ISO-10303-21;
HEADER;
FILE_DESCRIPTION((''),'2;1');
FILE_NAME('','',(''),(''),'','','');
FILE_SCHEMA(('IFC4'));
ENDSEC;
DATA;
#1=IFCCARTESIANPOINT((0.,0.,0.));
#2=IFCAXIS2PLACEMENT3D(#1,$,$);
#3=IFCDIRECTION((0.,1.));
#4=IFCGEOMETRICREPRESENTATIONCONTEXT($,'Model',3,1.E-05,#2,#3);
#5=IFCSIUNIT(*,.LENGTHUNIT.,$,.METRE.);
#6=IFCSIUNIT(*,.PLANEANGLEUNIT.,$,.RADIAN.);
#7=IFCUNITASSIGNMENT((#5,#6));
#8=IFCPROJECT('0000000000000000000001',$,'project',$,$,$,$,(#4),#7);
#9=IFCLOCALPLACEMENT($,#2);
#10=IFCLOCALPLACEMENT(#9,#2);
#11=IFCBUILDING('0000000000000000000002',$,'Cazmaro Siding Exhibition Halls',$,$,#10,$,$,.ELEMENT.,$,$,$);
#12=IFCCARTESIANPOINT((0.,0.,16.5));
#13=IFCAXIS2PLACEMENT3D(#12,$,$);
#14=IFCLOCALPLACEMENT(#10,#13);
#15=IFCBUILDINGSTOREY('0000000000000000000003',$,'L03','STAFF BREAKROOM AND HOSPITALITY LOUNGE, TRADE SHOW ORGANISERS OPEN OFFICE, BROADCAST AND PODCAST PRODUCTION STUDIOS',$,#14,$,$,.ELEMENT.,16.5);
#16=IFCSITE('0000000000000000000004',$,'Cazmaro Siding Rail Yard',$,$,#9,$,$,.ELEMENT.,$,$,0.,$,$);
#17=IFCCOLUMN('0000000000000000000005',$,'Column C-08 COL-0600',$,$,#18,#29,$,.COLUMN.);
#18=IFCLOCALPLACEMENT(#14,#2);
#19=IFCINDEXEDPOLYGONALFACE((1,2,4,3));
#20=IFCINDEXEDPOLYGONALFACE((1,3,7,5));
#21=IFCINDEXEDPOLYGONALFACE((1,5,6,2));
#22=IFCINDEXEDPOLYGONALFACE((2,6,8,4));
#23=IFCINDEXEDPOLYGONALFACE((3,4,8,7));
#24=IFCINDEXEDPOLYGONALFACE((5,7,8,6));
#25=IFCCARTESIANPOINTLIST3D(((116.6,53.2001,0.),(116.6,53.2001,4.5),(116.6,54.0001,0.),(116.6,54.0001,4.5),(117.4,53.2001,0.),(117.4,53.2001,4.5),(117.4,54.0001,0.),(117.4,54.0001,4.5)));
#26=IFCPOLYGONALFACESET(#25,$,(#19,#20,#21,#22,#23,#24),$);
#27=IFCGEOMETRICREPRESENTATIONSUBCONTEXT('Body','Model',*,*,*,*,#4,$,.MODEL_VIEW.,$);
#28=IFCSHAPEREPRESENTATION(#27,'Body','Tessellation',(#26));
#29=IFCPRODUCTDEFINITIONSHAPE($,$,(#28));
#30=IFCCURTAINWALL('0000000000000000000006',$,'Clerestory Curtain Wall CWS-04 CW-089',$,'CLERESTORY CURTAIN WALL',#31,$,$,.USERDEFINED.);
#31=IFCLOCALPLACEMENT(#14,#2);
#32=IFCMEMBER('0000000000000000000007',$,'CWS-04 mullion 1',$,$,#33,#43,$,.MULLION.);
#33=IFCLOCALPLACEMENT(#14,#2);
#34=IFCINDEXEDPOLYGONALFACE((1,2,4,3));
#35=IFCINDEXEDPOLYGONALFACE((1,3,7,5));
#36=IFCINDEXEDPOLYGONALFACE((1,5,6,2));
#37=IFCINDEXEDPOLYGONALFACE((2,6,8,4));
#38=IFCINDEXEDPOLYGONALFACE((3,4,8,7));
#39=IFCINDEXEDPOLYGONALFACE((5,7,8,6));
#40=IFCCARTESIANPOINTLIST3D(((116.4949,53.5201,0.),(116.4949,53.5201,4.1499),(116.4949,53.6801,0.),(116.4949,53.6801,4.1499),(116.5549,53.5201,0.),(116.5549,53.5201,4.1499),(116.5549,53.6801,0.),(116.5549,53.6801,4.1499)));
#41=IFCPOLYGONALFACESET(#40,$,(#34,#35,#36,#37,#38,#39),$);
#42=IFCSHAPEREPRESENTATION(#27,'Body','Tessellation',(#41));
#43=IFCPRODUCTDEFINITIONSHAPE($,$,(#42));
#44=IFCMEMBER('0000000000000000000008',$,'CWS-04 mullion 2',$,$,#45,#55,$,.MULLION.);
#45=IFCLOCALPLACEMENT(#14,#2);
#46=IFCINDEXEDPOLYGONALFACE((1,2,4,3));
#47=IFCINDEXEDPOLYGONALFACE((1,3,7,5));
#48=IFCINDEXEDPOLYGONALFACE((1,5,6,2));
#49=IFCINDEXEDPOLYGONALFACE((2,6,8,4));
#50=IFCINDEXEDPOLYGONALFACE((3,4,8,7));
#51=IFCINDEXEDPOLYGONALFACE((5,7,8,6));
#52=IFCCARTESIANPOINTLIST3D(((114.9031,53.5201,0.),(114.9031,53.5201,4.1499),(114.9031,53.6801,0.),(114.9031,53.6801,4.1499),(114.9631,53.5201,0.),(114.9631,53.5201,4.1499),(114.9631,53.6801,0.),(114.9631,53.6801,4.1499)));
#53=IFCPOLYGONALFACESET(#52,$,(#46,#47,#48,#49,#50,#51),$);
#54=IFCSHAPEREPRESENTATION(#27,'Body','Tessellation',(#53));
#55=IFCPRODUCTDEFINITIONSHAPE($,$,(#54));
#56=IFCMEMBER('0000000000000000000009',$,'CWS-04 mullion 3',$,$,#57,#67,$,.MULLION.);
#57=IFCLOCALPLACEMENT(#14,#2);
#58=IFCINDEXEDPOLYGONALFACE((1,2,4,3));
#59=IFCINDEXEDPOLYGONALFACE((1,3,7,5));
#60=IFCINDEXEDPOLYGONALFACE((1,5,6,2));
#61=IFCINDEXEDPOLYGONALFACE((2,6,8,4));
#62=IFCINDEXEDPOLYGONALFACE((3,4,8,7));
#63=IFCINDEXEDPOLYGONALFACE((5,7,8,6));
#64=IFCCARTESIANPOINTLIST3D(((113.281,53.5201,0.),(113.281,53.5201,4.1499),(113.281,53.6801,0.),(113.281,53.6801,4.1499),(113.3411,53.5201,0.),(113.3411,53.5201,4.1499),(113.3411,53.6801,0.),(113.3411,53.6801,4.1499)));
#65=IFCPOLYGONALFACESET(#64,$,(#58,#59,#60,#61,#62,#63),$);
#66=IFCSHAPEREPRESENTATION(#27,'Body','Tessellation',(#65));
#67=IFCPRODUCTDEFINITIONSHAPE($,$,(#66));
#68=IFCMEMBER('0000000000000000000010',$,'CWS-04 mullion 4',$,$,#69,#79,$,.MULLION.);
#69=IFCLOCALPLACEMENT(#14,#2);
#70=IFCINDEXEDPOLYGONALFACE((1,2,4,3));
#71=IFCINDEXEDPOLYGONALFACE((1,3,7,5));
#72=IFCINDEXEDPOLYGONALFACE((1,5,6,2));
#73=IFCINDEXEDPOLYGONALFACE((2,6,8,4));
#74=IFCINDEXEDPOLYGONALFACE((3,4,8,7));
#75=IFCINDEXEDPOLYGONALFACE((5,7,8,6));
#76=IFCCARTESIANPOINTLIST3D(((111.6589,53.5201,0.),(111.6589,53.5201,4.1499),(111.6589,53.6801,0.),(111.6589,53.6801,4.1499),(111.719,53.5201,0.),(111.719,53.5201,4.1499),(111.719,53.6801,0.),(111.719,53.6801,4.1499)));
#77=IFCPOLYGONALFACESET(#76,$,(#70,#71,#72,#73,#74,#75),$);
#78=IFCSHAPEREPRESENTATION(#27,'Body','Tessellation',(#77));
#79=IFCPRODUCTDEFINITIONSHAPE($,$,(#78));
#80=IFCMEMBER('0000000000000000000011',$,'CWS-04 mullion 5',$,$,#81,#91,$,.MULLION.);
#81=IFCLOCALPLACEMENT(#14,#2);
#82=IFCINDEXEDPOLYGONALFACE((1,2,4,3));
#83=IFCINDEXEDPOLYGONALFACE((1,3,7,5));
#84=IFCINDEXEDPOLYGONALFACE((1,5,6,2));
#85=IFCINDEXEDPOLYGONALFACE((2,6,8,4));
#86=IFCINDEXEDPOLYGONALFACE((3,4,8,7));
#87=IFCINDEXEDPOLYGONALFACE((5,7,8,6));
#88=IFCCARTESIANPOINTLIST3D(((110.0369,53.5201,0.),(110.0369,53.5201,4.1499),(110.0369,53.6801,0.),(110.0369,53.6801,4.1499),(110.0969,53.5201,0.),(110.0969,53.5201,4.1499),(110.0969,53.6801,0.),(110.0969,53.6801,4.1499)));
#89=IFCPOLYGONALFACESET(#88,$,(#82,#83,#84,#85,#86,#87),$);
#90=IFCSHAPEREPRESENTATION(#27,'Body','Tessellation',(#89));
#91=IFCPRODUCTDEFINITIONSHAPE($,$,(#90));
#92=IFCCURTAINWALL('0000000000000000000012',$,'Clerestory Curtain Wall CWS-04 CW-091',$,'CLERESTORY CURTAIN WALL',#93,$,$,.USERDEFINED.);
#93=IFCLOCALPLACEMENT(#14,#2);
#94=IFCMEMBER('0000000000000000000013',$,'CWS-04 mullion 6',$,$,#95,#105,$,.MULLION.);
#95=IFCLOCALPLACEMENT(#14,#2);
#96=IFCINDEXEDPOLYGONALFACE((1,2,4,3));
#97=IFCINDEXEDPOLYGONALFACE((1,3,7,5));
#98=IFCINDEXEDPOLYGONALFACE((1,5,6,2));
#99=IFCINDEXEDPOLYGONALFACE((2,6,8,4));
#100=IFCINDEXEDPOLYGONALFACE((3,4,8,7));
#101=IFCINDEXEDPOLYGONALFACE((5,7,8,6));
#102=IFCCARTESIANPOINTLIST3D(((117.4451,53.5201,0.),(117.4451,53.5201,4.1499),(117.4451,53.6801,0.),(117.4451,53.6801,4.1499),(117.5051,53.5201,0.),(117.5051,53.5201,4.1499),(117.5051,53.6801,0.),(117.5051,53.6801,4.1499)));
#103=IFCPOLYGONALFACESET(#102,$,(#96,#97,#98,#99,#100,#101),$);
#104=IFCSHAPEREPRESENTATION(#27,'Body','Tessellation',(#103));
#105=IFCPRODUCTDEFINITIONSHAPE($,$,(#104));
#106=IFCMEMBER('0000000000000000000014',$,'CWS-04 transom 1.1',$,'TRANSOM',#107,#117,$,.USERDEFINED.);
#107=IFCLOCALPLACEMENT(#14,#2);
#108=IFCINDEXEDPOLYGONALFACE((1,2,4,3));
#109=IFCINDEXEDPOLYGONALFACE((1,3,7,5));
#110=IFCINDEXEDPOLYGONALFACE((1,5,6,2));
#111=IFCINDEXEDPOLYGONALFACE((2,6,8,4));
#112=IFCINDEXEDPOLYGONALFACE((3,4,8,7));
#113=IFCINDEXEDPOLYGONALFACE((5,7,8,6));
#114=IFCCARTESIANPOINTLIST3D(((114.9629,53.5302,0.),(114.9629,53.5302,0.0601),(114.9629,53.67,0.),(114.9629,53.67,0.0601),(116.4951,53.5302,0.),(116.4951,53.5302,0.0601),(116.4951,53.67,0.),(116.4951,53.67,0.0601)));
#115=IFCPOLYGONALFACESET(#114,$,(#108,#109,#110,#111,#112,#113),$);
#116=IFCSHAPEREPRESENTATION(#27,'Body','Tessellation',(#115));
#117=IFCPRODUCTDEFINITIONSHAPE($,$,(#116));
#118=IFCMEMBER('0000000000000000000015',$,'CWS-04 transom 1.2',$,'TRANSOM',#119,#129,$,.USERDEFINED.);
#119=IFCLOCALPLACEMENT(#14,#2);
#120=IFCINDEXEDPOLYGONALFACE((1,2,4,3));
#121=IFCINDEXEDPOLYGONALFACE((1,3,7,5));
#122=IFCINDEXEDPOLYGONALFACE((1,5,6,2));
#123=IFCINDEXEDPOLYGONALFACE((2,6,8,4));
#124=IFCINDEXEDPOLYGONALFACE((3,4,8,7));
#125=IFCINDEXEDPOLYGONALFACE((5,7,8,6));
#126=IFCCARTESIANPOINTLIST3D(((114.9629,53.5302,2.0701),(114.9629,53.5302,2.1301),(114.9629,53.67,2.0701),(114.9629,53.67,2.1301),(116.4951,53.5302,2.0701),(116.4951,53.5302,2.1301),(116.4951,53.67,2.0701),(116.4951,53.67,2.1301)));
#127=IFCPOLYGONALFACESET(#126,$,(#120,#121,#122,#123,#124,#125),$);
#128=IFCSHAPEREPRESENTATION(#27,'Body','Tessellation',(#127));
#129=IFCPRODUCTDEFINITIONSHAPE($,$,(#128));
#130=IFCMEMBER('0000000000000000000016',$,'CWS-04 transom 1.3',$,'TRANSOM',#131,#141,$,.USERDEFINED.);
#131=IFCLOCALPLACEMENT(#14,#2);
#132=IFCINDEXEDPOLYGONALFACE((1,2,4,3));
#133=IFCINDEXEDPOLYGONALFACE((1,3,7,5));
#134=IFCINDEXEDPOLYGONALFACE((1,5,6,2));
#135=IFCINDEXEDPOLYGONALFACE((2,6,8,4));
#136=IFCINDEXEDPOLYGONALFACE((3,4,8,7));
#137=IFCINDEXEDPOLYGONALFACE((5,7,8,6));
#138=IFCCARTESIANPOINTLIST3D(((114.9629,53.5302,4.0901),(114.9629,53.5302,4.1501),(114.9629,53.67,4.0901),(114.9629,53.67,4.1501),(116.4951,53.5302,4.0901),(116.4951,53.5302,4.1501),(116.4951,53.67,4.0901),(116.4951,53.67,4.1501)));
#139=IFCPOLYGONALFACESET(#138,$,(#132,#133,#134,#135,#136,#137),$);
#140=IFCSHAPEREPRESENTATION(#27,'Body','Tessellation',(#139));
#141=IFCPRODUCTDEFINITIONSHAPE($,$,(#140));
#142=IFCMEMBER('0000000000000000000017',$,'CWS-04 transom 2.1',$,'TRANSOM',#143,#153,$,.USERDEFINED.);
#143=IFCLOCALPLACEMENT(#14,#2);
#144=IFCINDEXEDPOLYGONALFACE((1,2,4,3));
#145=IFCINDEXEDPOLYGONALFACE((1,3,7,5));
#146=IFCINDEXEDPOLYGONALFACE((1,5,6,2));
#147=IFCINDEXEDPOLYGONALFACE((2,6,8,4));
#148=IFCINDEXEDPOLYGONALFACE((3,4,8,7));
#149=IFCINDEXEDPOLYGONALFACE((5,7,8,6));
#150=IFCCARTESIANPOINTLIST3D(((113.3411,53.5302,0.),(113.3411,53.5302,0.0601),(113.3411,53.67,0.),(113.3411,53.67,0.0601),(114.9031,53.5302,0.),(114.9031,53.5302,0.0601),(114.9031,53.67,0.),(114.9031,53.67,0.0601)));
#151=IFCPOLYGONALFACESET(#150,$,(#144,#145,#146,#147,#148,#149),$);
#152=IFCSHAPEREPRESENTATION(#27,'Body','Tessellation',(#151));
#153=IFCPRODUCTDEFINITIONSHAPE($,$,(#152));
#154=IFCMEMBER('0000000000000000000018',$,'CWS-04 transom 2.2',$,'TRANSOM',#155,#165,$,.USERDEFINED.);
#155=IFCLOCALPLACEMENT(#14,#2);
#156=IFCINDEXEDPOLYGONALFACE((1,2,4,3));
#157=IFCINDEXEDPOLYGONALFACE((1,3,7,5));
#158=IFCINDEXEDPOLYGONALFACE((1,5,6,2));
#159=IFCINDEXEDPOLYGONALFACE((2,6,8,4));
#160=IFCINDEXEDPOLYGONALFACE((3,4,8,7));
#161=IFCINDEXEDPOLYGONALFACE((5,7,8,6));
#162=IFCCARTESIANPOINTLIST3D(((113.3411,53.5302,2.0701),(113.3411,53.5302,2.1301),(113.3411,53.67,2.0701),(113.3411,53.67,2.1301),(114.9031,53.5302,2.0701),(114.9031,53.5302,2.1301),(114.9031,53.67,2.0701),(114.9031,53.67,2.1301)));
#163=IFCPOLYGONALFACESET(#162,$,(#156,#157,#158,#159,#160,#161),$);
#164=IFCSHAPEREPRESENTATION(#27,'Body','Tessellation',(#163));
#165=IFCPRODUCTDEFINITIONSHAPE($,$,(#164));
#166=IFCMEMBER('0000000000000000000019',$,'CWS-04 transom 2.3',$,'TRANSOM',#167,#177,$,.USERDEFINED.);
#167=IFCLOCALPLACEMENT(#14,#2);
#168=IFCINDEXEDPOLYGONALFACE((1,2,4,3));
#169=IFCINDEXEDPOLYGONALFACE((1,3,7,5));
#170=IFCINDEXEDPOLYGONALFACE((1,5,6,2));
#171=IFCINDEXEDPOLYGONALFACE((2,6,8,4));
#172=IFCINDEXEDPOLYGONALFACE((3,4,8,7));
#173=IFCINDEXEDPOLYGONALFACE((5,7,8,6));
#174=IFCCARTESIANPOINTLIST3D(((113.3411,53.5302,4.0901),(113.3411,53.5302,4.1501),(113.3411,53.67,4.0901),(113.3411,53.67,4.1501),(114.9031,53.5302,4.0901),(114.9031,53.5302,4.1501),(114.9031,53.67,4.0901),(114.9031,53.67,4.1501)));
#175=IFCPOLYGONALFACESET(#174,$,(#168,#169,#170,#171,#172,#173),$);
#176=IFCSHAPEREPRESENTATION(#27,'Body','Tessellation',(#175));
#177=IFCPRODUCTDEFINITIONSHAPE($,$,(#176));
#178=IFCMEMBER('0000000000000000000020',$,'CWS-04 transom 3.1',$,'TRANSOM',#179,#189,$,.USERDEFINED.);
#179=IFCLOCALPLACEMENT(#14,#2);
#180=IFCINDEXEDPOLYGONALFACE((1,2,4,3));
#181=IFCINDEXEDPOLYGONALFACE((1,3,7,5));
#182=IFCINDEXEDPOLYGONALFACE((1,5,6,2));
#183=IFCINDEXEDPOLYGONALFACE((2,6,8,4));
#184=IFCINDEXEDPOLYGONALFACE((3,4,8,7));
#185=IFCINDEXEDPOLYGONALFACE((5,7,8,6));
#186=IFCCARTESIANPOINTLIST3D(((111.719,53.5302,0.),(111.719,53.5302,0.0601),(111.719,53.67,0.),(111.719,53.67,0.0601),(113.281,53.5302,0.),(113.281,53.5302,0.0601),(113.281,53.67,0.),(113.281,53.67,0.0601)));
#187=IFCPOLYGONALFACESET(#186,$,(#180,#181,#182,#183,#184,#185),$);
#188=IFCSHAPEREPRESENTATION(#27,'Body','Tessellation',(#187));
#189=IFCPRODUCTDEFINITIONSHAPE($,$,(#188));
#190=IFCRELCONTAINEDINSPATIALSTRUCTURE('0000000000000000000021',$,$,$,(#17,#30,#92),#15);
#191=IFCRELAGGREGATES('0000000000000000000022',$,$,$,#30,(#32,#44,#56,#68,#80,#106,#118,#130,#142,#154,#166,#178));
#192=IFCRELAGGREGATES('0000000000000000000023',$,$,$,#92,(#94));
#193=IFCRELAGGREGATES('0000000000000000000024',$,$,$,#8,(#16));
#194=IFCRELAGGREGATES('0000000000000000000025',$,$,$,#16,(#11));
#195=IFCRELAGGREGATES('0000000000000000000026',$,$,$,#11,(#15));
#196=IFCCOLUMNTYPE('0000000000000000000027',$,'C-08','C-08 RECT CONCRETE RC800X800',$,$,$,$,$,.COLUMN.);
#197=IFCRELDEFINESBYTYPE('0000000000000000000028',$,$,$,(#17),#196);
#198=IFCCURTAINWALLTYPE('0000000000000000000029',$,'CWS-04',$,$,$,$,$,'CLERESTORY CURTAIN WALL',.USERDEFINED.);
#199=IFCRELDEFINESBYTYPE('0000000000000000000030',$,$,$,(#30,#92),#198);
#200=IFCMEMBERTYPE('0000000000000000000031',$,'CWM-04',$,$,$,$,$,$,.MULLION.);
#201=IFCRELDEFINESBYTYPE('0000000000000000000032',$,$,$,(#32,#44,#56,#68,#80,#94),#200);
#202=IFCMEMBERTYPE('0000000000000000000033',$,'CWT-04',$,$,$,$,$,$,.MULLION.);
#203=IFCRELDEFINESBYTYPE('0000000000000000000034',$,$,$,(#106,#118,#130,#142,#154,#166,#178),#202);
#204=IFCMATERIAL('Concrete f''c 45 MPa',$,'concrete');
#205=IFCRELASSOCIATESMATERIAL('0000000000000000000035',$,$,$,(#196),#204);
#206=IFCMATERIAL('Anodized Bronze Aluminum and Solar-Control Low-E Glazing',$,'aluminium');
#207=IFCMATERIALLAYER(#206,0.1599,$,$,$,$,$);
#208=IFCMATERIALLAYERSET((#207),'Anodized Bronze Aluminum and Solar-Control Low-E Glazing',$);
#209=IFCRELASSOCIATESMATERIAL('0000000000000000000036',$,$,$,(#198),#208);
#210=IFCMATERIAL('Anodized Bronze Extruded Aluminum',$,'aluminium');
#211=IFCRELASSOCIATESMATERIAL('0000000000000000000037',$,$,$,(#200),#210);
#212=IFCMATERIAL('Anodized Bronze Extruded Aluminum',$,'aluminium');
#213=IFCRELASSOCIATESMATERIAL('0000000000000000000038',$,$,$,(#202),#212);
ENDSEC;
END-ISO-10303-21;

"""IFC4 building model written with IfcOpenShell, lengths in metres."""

from ifc_helpers import new_model, si_unit, direction, frame, origin, origin_2d, place, context, subcontext, project, spatial, rectangle, extrude, material, layer, layer_set, material_profile, profile_set, type_object, element, aggregate, save


model = new_model("IFC4")

# Units and contexts
model_context = context("Model", 3, precision=1e-05, world=origin(), true_north=direction((0.0, 1.0)))
body_context = subcontext(model_context, "Body", "Model", "MODEL_VIEW")
ifc_project = project(units=[si_unit("LENGTHUNIT", "METRE"), si_unit("PLANEANGLEUNIT", "RADIAN")], contexts=[model_context])

# Site, building, storey
site_placement = place(None, origin())
site = spatial("IfcSite", under=ifc_project, at=site_placement, Name="Cazmaro Siding Rail Yard", CompositionType="ELEMENT", RefElevation=0.0)
building_placement = place(site_placement, origin())
building = spatial("IfcBuilding", under=site, at=building_placement, Name="Cazmaro Siding Exhibition Halls", CompositionType="ELEMENT")
storey_placement = place(building_placement, frame((0.0, 0.0, 16.5)))
storey = spatial("IfcBuildingStorey", under=building, at=storey_placement, Name="L03", Description="STAFF BREAKROOM AND HOSPITALITY LOUNGE, TRADE SHOW ORGANISERS OPEN OFFICE, BROADCAST AND PODCAST PRODUCTION STUDIOS", CompositionType="ELEMENT", Elevation=16.5)

# Column
ifc_material_1 = material(Name="Concrete f'c 45 MPa", Category="concrete")
ifc_material_profile_1 = material_profile(ifc_material_1, rectangle(XDim=0.8, YDim=0.8, at=origin_2d()), Name="RC800X800")
ifc_profile_set_1 = profile_set([ifc_material_profile_1], Name="Concrete f'c 45 MPa")
column_type = type_object("IfcColumnType", Name="C-08", Description="C-08 RECT CONCRETE RC800X800", PredefinedType="COLUMN", material=ifc_profile_set_1)
column_placement = place(storey_placement, frame((117.0, 53.6001, 0.0), z_axis=(0.0, 0.0, 1.0), x_axis=(1.0, 0.0, 0.0)))
element("IfcColumn", 1, at=column_placement, inside=storey, type_object=column_type, Name="Column C-08 COL-0600", PredefinedType="COLUMN", context=body_context, shape_type="SweptSolid", body=[
    extrude(rectangle(XDim=0.8, YDim=0.8, at=origin_2d()), origin(), (0.0, 0.0, 1.0), 4.5),
])

# Curtain wall, members
ifc_material_2 = material(Name="Anodized Bronze Aluminum and Solar-Control Low-E Glazing", Category="aluminium")
ifc_layer_1 = layer(ifc_material_2, 0.1599)
ifc_layer_set_1 = layer_set([ifc_layer_1], Name="Anodized Bronze Aluminum and Solar-Control Low-E Glazing")
curtain_wall_type = type_object("IfcCurtainWallType", Name="CWS-04", ElementType="CLERESTORY CURTAIN WALL", PredefinedType="USERDEFINED", material=ifc_layer_set_1)
curtain_wall_1_placement = place(storey_placement, origin())
curtain_wall_1 = element("IfcCurtainWall", 2, at=curtain_wall_1_placement, inside=storey, type_object=curtain_wall_type, Name="Clerestory Curtain Wall CWS-04 CW-089", ObjectType="CLERESTORY CURTAIN WALL", PredefinedType="USERDEFINED")
ifc_material_3 = material(Name="Anodized Bronze Extruded Aluminum", Category="aluminium")
ifc_material_profile_2 = material_profile(ifc_material_3, rectangle(XDim=0.1599, YDim=0.0601, at=origin_2d()), Name="CWM-04")
ifc_profile_set_2 = profile_set([ifc_material_profile_2], Name="Anodized Bronze Extruded Aluminum")
member_type_1 = type_object("IfcMemberType", Name="CWM-04", PredefinedType="MULLION", material=ifc_profile_set_2)
member_1_placement = place(storey_placement, frame((116.5249, 53.6001, 0.0), z_axis=(0.0, 0.0, 1.0), x_axis=(0.0, -1.0, 0.0)))
member_1 = element("IfcMember", 3, at=member_1_placement, type_object=member_type_1, Name="CWS-04 mullion 1", PredefinedType="MULLION", context=body_context, shape_type="SweptSolid", body=[
    extrude(rectangle(XDim=0.1599, YDim=0.0601, at=origin_2d()), origin(), (0.0, 0.0, 1.0), 4.1499),
])
member_2_placement = place(storey_placement, frame((114.9331, 53.6001, 0.0), z_axis=(0.0, 0.0, 1.0), x_axis=(0.0, -1.0, 0.0)))
member_2 = element("IfcMember", 4, at=member_2_placement, type_object=member_type_1, Name="CWS-04 mullion 2", PredefinedType="MULLION", context=body_context, shape_type="SweptSolid", body=[
    extrude(rectangle(XDim=0.1599, YDim=0.0601, at=origin_2d()), origin(), (0.0, 0.0, 1.0), 4.1499),
])
member_3_placement = place(storey_placement, frame((113.311, 53.6001, 0.0), z_axis=(0.0, 0.0, 1.0), x_axis=(0.0, -1.0, 0.0)))
member_3 = element("IfcMember", 5, at=member_3_placement, type_object=member_type_1, Name="CWS-04 mullion 3", PredefinedType="MULLION", context=body_context, shape_type="SweptSolid", body=[
    extrude(rectangle(XDim=0.1599, YDim=0.0601, at=origin_2d()), origin(), (0.0, 0.0, 1.0), 4.1499),
])
member_4_placement = place(storey_placement, frame((111.689, 53.6001, 0.0), z_axis=(0.0, 0.0, 1.0), x_axis=(0.0, -1.0, 0.0)))
member_4 = element("IfcMember", 6, at=member_4_placement, type_object=member_type_1, Name="CWS-04 mullion 4", PredefinedType="MULLION", context=body_context, shape_type="SweptSolid", body=[
    extrude(rectangle(XDim=0.1599, YDim=0.0601, at=origin_2d()), origin(), (0.0, 0.0, 1.0), 4.1499),
])
member_5_placement = place(storey_placement, frame((110.0669, 53.6001, 0.0), z_axis=(0.0, 0.0, 1.0), x_axis=(0.0, -1.0, 0.0)))
member_5 = element("IfcMember", 7, at=member_5_placement, type_object=member_type_1, Name="CWS-04 mullion 5", PredefinedType="MULLION", context=body_context, shape_type="SweptSolid", body=[
    extrude(rectangle(XDim=0.1599, YDim=0.0601, at=origin_2d()), origin(), (0.0, 0.0, 1.0), 4.1499),
])

# Curtain wall, member
curtain_wall_2_placement = place(storey_placement, origin())
curtain_wall_2 = element("IfcCurtainWall", 8, at=curtain_wall_2_placement, inside=storey, type_object=curtain_wall_type, Name="Clerestory Curtain Wall CWS-04 CW-091", ObjectType="CLERESTORY CURTAIN WALL", PredefinedType="USERDEFINED")
member_6_placement = place(storey_placement, frame((117.4751, 53.6001, 0.0), z_axis=(0.0, 0.0, 1.0), x_axis=(0.0, -1.0, 0.0)))
member_6 = element("IfcMember", 9, at=member_6_placement, type_object=member_type_1, Name="CWS-04 mullion 6", PredefinedType="MULLION", context=body_context, shape_type="SweptSolid", body=[
    extrude(rectangle(XDim=0.1599, YDim=0.0601, at=origin_2d()), origin(), (0.0, 0.0, 1.0), 4.1499),
])

# Members
ifc_material_4 = material(Name="Anodized Bronze Extruded Aluminum", Category="aluminium")
ifc_material_profile_3 = material_profile(ifc_material_4, rectangle(XDim=0.1399, YDim=0.0601, at=origin_2d()), Name="CWT-04")
ifc_profile_set_3 = profile_set([ifc_material_profile_3], Name="Anodized Bronze Extruded Aluminum")
member_type_2 = type_object("IfcMemberType", Name="CWT-04", PredefinedType="MULLION", material=ifc_profile_set_3)
member_7_placement = place(storey_placement, frame((116.4951, 53.6001, 0.03), z_axis=(-1.0, 0.0, 0.0), x_axis=(0.0, -1.0, 0.0)))
member_7 = element("IfcMember", 10, at=member_7_placement, type_object=member_type_2, Name="CWS-04 transom 1.1", ObjectType="TRANSOM", PredefinedType="USERDEFINED", context=body_context, shape_type="SweptSolid", body=[
    extrude(rectangle(XDim=0.1399, YDim=0.0601, at=origin_2d()), origin(), (0.0, 0.0, 1.0), 1.5322),
])
member_8_placement = place(storey_placement, frame((116.4951, 53.6001, 2.1001), z_axis=(-1.0, 0.0, 0.0), x_axis=(0.0, -1.0, 0.0)))
member_8 = element("IfcMember", 11, at=member_8_placement, type_object=member_type_2, Name="CWS-04 transom 1.2", ObjectType="TRANSOM", PredefinedType="USERDEFINED", context=body_context, shape_type="SweptSolid", body=[
    extrude(rectangle(XDim=0.1399, YDim=0.0601, at=origin_2d()), origin(), (0.0, 0.0, 1.0), 1.5322),
])
member_9_placement = place(storey_placement, frame((116.4951, 53.6001, 4.1201), z_axis=(-1.0, 0.0, 0.0), x_axis=(0.0, -1.0, 0.0)))
member_9 = element("IfcMember", 12, at=member_9_placement, type_object=member_type_2, Name="CWS-04 transom 1.3", ObjectType="TRANSOM", PredefinedType="USERDEFINED", context=body_context, shape_type="SweptSolid", body=[
    extrude(rectangle(XDim=0.1399, YDim=0.0601, at=origin_2d()), origin(), (0.0, 0.0, 1.0), 1.5322),
])
member_10_placement = place(storey_placement, frame((114.9031, 53.6001, 0.03), z_axis=(-1.0, 0.0, 0.0), x_axis=(0.0, -1.0, 0.0)))
member_10 = element("IfcMember", 13, at=member_10_placement, type_object=member_type_2, Name="CWS-04 transom 2.1", ObjectType="TRANSOM", PredefinedType="USERDEFINED", context=body_context, shape_type="SweptSolid", body=[
    extrude(rectangle(XDim=0.1399, YDim=0.0601, at=origin_2d()), origin(), (0.0, 0.0, 1.0), 1.562),
])
member_11_placement = place(storey_placement, frame((114.9031, 53.6001, 2.1001), z_axis=(-1.0, 0.0, 0.0), x_axis=(0.0, -1.0, 0.0)))
member_11 = element("IfcMember", 14, at=member_11_placement, type_object=member_type_2, Name="CWS-04 transom 2.2", ObjectType="TRANSOM", PredefinedType="USERDEFINED", context=body_context, shape_type="SweptSolid", body=[
    extrude(rectangle(XDim=0.1399, YDim=0.0601, at=origin_2d()), origin(), (0.0, 0.0, 1.0), 1.562),
])
member_12_placement = place(storey_placement, frame((114.9031, 53.6001, 4.1201), z_axis=(-1.0, 0.0, 0.0), x_axis=(0.0, -1.0, 0.0)))
member_12 = element("IfcMember", 15, at=member_12_placement, type_object=member_type_2, Name="CWS-04 transom 2.3", ObjectType="TRANSOM", PredefinedType="USERDEFINED", context=body_context, shape_type="SweptSolid", body=[
    extrude(rectangle(XDim=0.1399, YDim=0.0601, at=origin_2d()), origin(), (0.0, 0.0, 1.0), 1.562),
])
member_13_placement = place(storey_placement, frame((113.281, 53.6001, 0.03), z_axis=(-1.0, 0.0, 0.0), x_axis=(0.0, -1.0, 0.0)))
member_13 = element("IfcMember", 16, at=member_13_placement, type_object=member_type_2, Name="CWS-04 transom 3.1", ObjectType="TRANSOM", PredefinedType="USERDEFINED", context=body_context, shape_type="SweptSolid", body=[
    extrude(rectangle(XDim=0.1399, YDim=0.0601, at=origin_2d()), origin(), (0.0, 0.0, 1.0), 1.562),
])

aggregate(curtain_wall_1, [member_1, member_2, member_3, member_4, member_5, member_7, member_8, member_9, member_10, member_11, member_12, member_13])
aggregate(curtain_wall_2, [member_6])

save(model, "model.ifc")
